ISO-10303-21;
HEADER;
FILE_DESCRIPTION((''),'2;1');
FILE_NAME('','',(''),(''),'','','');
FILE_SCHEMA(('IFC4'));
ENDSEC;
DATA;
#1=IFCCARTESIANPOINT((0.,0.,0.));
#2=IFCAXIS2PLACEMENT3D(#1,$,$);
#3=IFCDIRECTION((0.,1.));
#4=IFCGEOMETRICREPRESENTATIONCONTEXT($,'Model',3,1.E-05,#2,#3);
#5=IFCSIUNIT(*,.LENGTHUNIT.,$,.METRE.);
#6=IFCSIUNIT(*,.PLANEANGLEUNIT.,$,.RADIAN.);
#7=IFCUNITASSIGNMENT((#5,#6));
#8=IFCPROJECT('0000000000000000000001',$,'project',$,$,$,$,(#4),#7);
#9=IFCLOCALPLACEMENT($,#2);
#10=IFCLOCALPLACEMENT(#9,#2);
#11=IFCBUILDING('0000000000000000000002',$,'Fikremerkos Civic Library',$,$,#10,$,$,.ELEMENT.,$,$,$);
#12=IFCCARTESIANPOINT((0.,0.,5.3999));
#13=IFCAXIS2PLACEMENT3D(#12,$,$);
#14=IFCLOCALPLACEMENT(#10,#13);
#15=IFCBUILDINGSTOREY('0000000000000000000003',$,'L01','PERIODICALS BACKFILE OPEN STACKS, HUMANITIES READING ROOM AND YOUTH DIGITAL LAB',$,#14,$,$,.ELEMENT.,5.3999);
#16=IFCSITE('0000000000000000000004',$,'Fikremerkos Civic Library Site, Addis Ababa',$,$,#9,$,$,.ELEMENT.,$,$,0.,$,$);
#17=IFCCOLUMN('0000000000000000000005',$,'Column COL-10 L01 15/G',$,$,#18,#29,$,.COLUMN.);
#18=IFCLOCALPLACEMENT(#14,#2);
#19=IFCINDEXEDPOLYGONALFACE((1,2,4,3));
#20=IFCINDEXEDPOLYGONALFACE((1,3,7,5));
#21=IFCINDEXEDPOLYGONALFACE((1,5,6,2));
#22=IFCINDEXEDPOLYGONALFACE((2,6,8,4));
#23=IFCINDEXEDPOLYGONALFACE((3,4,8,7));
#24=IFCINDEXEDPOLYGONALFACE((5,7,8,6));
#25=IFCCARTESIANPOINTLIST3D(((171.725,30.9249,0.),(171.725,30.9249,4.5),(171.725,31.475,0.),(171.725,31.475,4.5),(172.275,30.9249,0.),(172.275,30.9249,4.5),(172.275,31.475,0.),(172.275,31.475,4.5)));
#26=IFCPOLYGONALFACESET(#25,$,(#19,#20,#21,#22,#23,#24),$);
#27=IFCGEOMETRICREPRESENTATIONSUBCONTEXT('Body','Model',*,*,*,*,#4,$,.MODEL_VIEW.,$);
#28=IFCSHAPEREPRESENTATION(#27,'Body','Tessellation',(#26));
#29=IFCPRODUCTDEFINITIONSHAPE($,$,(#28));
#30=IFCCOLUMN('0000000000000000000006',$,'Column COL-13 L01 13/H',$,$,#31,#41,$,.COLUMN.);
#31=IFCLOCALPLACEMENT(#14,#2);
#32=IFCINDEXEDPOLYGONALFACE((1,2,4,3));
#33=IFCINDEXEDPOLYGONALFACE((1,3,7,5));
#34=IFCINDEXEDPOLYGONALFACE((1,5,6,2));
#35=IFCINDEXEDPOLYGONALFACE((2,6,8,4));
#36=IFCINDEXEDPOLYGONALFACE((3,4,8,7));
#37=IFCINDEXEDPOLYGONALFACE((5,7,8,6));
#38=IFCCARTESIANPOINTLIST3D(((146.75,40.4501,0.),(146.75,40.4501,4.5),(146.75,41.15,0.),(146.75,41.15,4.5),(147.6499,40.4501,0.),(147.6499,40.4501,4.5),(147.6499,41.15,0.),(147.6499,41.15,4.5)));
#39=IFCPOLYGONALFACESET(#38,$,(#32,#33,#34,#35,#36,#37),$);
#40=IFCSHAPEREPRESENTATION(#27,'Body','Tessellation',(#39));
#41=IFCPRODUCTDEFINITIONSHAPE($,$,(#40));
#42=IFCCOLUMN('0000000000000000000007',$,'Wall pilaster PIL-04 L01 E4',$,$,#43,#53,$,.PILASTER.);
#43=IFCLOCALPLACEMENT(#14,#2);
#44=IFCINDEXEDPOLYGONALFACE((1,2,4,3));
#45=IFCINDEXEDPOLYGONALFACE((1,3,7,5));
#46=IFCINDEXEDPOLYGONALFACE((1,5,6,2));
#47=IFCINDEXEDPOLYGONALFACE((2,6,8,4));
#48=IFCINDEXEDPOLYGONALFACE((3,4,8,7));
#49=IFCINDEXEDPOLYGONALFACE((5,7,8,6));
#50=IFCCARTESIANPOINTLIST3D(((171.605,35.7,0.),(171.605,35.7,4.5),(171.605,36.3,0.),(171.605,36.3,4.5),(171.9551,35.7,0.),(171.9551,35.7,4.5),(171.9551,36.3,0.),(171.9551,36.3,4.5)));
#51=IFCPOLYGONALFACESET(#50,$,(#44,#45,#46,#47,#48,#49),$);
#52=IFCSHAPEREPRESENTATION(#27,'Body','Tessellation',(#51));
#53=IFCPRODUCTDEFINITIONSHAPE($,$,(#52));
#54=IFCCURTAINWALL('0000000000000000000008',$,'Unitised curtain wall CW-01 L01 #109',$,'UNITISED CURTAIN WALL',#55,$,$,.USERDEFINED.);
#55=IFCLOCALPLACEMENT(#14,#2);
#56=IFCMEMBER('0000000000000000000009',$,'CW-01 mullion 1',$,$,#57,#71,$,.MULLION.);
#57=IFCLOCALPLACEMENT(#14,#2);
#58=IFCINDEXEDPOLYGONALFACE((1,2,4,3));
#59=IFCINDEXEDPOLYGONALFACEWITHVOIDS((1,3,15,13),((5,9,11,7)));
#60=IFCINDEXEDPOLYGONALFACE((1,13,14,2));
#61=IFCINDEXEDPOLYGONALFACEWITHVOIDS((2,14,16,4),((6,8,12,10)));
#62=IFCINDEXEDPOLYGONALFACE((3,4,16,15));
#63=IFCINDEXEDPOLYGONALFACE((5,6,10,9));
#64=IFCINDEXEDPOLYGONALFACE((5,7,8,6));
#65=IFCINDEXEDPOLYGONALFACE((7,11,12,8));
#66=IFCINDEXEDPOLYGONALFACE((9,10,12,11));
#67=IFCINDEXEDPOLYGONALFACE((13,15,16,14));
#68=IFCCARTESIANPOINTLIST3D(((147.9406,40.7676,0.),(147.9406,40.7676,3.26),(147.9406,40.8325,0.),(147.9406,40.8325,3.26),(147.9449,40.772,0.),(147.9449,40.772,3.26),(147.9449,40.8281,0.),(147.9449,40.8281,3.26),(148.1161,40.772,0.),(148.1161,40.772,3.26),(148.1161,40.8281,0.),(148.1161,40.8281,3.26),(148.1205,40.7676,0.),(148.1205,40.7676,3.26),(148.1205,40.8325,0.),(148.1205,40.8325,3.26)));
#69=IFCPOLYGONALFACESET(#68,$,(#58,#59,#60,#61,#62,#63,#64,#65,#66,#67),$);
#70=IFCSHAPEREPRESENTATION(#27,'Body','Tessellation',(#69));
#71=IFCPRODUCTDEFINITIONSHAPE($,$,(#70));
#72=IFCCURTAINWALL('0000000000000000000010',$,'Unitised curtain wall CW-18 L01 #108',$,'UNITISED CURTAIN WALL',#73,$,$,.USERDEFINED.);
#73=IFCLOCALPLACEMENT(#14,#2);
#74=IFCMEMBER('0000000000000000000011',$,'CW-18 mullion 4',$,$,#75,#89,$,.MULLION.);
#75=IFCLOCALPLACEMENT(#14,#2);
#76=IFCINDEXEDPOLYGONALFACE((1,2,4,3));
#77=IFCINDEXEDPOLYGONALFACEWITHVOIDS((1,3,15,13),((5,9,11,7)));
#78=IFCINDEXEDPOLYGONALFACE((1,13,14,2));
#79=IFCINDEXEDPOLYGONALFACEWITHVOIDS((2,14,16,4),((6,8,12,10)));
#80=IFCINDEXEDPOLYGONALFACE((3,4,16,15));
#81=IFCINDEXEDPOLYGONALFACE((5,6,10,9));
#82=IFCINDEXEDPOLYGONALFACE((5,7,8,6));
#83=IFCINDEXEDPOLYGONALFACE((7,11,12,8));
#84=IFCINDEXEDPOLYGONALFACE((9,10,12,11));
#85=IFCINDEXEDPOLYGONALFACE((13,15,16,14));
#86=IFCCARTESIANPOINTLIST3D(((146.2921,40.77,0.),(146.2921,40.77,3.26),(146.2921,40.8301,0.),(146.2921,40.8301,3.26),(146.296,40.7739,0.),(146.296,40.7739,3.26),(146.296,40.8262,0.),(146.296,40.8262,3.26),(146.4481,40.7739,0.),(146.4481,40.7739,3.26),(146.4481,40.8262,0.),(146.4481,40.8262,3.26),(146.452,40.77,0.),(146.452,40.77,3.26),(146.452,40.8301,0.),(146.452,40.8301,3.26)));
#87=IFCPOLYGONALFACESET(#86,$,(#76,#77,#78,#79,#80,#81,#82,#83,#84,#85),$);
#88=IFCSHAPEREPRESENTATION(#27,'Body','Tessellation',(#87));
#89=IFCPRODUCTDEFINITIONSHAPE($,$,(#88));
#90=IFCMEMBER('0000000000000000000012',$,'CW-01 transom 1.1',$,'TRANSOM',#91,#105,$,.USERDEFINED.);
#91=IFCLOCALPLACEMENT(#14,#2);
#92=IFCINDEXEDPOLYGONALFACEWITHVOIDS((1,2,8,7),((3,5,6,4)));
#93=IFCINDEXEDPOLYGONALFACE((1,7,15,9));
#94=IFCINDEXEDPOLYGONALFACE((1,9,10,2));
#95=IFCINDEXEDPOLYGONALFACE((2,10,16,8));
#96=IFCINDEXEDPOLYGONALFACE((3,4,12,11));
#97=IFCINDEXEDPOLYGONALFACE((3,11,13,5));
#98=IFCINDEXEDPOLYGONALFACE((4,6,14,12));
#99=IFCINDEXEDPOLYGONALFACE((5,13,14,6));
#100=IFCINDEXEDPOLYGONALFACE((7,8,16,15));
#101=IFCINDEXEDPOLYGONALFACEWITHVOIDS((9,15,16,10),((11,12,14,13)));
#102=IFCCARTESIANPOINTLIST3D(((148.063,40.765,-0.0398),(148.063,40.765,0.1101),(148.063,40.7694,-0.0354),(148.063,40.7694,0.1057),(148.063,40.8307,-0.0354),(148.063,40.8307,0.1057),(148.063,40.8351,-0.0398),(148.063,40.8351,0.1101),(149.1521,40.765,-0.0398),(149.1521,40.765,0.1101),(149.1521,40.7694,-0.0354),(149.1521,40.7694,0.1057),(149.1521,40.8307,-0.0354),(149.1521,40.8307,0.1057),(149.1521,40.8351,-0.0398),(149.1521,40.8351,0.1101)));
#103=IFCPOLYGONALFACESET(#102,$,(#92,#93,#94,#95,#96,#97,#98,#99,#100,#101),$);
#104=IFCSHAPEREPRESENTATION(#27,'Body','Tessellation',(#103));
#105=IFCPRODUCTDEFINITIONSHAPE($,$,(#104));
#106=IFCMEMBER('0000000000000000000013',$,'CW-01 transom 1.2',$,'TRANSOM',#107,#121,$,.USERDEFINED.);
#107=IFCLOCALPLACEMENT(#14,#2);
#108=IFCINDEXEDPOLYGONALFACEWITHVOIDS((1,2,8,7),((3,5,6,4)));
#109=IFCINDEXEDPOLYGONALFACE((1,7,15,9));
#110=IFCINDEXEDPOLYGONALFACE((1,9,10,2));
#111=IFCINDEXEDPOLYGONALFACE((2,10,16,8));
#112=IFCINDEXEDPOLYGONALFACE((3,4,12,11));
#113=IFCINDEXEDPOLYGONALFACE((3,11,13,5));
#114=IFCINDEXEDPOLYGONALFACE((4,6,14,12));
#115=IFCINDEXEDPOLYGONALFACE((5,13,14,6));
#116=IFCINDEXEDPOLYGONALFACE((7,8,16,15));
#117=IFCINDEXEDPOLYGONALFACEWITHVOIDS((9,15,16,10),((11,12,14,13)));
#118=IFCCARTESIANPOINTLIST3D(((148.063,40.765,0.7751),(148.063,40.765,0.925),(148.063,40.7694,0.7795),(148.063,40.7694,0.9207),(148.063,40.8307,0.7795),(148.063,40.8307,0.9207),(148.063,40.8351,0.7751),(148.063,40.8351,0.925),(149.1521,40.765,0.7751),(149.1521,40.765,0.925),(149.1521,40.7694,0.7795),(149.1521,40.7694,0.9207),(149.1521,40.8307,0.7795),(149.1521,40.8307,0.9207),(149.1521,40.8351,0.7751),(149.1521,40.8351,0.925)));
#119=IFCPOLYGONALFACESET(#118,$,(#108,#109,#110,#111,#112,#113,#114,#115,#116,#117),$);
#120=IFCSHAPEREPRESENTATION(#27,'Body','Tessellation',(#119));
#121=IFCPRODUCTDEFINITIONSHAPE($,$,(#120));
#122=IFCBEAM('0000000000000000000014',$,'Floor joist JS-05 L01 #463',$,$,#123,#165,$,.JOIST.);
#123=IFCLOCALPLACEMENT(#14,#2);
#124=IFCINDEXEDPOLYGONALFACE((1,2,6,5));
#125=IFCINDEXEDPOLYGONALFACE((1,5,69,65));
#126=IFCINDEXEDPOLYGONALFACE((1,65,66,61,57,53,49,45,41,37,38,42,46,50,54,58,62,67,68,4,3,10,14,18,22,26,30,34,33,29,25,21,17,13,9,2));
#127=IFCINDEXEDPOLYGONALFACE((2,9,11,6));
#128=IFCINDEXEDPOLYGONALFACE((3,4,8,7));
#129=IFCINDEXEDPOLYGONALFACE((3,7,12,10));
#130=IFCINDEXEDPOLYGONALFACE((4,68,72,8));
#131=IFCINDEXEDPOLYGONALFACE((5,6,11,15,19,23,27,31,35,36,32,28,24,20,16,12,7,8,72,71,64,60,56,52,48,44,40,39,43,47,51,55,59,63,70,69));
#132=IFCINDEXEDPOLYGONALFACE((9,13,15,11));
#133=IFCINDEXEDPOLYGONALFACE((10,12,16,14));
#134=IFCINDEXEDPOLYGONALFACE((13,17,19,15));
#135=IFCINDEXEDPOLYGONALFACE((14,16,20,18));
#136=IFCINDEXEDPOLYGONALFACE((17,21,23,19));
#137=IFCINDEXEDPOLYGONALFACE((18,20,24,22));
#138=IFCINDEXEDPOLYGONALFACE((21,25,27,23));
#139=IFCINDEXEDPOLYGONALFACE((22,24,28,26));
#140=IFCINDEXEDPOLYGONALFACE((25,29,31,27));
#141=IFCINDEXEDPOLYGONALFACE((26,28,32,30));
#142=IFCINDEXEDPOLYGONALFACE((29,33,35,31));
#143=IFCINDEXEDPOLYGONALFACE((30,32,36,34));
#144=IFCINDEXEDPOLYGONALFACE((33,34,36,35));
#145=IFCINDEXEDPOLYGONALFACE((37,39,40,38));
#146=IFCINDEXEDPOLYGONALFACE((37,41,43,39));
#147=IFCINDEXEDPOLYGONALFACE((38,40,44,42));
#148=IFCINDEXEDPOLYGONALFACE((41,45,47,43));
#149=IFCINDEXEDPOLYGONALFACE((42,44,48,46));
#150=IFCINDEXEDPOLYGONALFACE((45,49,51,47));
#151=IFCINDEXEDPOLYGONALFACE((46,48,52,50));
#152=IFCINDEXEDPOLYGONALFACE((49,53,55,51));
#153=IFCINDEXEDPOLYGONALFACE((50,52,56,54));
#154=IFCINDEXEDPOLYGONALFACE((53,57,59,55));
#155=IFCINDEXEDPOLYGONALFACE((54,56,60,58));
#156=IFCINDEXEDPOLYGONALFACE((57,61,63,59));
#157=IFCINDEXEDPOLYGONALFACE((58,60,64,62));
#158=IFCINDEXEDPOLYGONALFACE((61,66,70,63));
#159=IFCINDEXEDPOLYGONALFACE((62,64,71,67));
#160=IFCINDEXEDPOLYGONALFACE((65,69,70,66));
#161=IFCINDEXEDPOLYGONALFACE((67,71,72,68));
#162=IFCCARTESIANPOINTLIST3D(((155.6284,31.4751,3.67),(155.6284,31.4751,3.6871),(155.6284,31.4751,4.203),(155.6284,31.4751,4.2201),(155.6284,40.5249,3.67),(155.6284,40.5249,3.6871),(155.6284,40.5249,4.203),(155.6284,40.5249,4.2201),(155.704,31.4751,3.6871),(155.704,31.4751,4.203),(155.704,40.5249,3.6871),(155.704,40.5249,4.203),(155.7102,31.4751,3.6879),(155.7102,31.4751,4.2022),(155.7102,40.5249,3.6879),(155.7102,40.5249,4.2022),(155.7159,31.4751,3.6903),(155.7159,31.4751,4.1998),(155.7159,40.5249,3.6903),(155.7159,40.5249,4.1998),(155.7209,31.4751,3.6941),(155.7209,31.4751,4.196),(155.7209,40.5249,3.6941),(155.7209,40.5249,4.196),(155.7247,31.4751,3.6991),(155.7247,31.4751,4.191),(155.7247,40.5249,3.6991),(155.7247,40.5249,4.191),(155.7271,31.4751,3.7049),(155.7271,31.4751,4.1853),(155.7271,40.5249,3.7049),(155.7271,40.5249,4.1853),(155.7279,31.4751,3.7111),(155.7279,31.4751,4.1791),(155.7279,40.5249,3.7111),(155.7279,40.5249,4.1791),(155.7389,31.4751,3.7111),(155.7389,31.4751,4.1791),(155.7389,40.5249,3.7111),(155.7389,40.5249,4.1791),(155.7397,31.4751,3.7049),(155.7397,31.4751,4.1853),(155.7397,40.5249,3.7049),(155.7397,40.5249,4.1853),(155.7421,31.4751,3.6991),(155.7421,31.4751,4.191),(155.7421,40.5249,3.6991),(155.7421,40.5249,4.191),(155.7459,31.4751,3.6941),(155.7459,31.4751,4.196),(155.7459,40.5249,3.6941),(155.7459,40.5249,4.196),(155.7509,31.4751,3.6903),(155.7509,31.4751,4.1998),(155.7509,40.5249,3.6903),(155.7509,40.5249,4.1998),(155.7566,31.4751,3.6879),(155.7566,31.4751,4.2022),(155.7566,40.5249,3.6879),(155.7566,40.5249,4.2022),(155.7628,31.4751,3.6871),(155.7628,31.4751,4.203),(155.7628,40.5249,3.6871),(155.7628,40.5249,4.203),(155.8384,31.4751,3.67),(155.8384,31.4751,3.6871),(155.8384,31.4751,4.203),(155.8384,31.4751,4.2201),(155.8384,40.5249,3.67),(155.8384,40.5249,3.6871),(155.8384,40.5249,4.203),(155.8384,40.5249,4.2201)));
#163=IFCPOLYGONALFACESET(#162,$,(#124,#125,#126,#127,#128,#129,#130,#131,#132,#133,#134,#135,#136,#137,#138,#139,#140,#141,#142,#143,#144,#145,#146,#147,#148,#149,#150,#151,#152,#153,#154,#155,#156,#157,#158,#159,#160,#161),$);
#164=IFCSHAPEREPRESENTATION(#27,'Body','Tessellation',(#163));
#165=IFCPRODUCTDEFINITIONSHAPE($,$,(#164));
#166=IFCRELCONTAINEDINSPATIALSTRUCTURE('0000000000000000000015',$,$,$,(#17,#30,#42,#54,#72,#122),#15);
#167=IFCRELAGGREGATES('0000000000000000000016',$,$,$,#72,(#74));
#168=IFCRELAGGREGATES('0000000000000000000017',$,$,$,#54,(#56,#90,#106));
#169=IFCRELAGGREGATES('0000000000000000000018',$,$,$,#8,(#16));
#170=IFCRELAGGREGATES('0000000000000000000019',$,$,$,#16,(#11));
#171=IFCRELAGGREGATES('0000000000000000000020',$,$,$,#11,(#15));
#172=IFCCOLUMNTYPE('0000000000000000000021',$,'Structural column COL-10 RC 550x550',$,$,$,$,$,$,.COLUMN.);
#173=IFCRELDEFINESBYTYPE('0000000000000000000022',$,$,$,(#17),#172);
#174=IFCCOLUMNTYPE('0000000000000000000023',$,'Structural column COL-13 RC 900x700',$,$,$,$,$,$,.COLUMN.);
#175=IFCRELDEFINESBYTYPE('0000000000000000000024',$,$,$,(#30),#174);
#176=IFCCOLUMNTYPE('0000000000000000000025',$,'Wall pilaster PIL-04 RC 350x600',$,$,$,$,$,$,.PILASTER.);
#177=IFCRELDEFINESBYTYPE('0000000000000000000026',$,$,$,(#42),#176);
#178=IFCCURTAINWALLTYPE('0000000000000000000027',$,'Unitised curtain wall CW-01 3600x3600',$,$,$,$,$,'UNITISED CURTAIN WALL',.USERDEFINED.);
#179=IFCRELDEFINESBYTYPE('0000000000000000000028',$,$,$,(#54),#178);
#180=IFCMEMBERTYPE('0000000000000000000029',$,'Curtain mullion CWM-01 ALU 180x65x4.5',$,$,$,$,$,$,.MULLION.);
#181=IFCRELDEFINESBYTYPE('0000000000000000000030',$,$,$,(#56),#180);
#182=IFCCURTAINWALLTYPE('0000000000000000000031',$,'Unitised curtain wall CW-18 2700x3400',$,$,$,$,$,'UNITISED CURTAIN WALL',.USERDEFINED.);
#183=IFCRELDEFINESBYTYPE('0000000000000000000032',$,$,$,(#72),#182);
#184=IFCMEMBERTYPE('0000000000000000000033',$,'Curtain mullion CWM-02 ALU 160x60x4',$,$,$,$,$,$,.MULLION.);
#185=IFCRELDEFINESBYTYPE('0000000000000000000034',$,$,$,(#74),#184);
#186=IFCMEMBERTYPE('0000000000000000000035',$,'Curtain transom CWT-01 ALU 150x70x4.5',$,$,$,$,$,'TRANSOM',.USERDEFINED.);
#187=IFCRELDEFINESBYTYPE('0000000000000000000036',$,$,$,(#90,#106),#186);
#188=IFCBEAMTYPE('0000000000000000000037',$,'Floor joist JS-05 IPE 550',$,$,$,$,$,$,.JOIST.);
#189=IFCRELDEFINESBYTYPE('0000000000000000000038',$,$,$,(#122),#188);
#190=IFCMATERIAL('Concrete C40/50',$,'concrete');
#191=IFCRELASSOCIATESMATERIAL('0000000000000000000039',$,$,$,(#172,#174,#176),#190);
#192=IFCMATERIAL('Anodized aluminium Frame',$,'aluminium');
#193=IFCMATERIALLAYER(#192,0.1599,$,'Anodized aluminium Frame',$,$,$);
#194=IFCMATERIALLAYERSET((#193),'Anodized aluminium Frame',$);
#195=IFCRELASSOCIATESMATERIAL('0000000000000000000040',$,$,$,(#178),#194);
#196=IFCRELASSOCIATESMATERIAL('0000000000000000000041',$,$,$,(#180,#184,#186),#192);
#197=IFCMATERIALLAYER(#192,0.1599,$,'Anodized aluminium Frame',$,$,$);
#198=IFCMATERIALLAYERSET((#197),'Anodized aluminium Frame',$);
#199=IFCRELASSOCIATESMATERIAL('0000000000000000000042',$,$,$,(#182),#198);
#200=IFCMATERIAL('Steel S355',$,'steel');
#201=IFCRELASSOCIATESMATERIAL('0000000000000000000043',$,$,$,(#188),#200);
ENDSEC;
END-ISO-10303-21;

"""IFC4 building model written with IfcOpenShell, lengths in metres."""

from ifc_helpers import new_model, si_unit, direction, frame, origin, origin_2d, place, context, subcontext, project, spatial, rectangle, hollow_rectangle, i_section, extrude, material, layer, layer_set, material_profile, profile_set, type_object, element, aggregate, save


model = new_model("IFC4")

# Units and contexts
model_context = context("Model", 3, precision=1e-05, world=origin(), true_north=direction((0.0, 1.0)))
body_context = subcontext(model_context, "Body", "Model", "MODEL_VIEW")
ifc_project = project(units=[si_unit("LENGTHUNIT", "METRE"), si_unit("PLANEANGLEUNIT", "RADIAN")], contexts=[model_context])

# Site, building, storey
site_placement = place(None, origin())
site = spatial("IfcSite", under=ifc_project, at=site_placement, Name="Fikremerkos Civic Library Site, Addis Ababa", CompositionType="ELEMENT", RefElevation=0.0)
building_placement = place(site_placement, origin())
building = spatial("IfcBuilding", under=site, at=building_placement, Name="Fikremerkos Civic Library", CompositionType="ELEMENT")
storey_placement = place(building_placement, frame((0.0, 0.0, 5.3999)))
storey = spatial("IfcBuildingStorey", under=building, at=storey_placement, Name="L01", Description="PERIODICALS BACKFILE OPEN STACKS, HUMANITIES READING ROOM AND YOUTH DIGITAL LAB", CompositionType="ELEMENT", Elevation=5.3999)

# Columns
ifc_material_1 = material(Name="Concrete C40/50", Category="concrete")
ifc_material_profile_1 = material_profile(ifc_material_1, rectangle(XDim=0.55, YDim=0.55, at=origin_2d()), Name="RC 550x550")
ifc_profile_set_1 = profile_set([ifc_material_profile_1], Name="Concrete C40/50")
column_type_1 = type_object("IfcColumnType", Name="Structural column COL-10 RC 550x550", PredefinedType="COLUMN", material=ifc_profile_set_1)
column_1_placement = place(storey_placement, frame((172.0, 31.2, 0.0), z_axis=(0.0, 0.0, 1.0), x_axis=(1.0, 0.0, 0.0)))
element("IfcColumn", 1, at=column_1_placement, inside=storey, type_object=column_type_1, Name="Column COL-10 L01 15/G", PredefinedType="COLUMN", context=body_context, shape_type="SweptSolid", body=[
    extrude(rectangle(XDim=0.55, YDim=0.55, at=origin_2d()), origin(), (0.0, 0.0, 1.0), 4.5),
])
ifc_material_profile_2 = material_profile(ifc_material_1, rectangle(XDim=0.8999, YDim=0.7, at=origin_2d()), Name="RC 900x700")
ifc_profile_set_2 = profile_set([ifc_material_profile_2], Name="Concrete C40/50")
column_type_2 = type_object("IfcColumnType", Name="Structural column COL-13 RC 900x700", PredefinedType="COLUMN", material=ifc_profile_set_2)
column_2_placement = place(storey_placement, frame((147.2, 40.8, 0.0), z_axis=(0.0, 0.0, 1.0), x_axis=(1.0, 0.0, 0.0)))
element("IfcColumn", 2, at=column_2_placement, inside=storey, type_object=column_type_2, Name="Column COL-13 L01 13/H", PredefinedType="COLUMN", context=body_context, shape_type="SweptSolid", body=[
    extrude(rectangle(XDim=0.8999, YDim=0.7, at=origin_2d()), origin(), (0.0, 0.0, 1.0), 4.5),
])
ifc_material_profile_3 = material_profile(ifc_material_1, rectangle(XDim=0.3501, YDim=0.6001, at=origin_2d()), Name="RC 350x600")
ifc_profile_set_3 = profile_set([ifc_material_profile_3], Name="Concrete C40/50")
column_type_3 = type_object("IfcColumnType", Name="Wall pilaster PIL-04 RC 350x600", PredefinedType="PILASTER", material=ifc_profile_set_3)
column_3_placement = place(storey_placement, frame((171.78, 36.0, 0.0), z_axis=(0.0, 0.0, 1.0), x_axis=(1.0, 0.0, 0.0)))
element("IfcColumn", 3, at=column_3_placement, inside=storey, type_object=column_type_3, Name="Wall pilaster PIL-04 L01 E4", PredefinedType="PILASTER", context=body_context, shape_type="SweptSolid", body=[
    extrude(rectangle(XDim=0.3501, YDim=0.6001, at=origin_2d()), origin(), (0.0, 0.0, 1.0), 4.5),
])

# Curtain walls, members
ifc_material_2 = material(Name="Anodized aluminium Frame", Category="aluminium")
ifc_layer_1 = layer(ifc_material_2, 0.1599, Name="Anodized aluminium Frame")
ifc_layer_set_1 = layer_set([ifc_layer_1], Name="Anodized aluminium Frame")
curtain_wall_type_1 = type_object("IfcCurtainWallType", Name="Unitised curtain wall CW-01 3600x3600", ElementType="UNITISED CURTAIN WALL", PredefinedType="USERDEFINED", material=ifc_layer_set_1)
curtain_wall_1_placement = place(storey_placement, origin())
curtain_wall_1 = element("IfcCurtainWall", 4, at=curtain_wall_1_placement, inside=storey, type_object=curtain_wall_type_1, Name="Unitised curtain wall CW-01 L01 #109", ObjectType="UNITISED CURTAIN WALL", PredefinedType="USERDEFINED")
ifc_material_profile_4 = material_profile(ifc_material_2, hollow_rectangle(XDim=0.0649, YDim=0.1799, WallThickness=0.0044, at=origin_2d()), Name="ALU 180x65x4.5")
ifc_profile_set_4 = profile_set([ifc_material_profile_4], Name="Anodized aluminium Frame")
member_type_1 = type_object("IfcMemberType", Name="Curtain mullion CWM-01 ALU 180x65x4.5", PredefinedType="MULLION", material=ifc_profile_set_4)
member_1_placement = place(storey_placement, frame((148.0305, 40.8, 0.0), z_axis=(0.0, 0.0, 1.0), x_axis=(0.0, 1.0, 0.0)))
member_1 = element("IfcMember", 5, at=member_1_placement, type_object=member_type_1, Name="CW-01 mullion 1", PredefinedType="MULLION", context=body_context, shape_type="SweptSolid", body=[
    extrude(hollow_rectangle(XDim=0.0649, YDim=0.1799, WallThickness=0.0044, at=origin_2d()), origin(), (0.0, 0.0, 1.0), 3.26),
])
ifc_layer_2 = layer(ifc_material_2, 0.1599, Name="Anodized aluminium Frame")
ifc_layer_set_2 = layer_set([ifc_layer_2], Name="Anodized aluminium Frame")
curtain_wall_type_2 = type_object("IfcCurtainWallType", Name="Unitised curtain wall CW-18 2700x3400", ElementType="UNITISED CURTAIN WALL", PredefinedType="USERDEFINED", material=ifc_layer_set_2)
curtain_wall_2_placement = place(storey_placement, origin())
curtain_wall_2 = element("IfcCurtainWall", 6, at=curtain_wall_2_placement, inside=storey, type_object=curtain_wall_type_2, Name="Unitised curtain wall CW-18 L01 #108", ObjectType="UNITISED CURTAIN WALL", PredefinedType="USERDEFINED")
ifc_material_profile_5 = material_profile(ifc_material_2, hollow_rectangle(XDim=0.0601, YDim=0.1599, WallThickness=0.0039, at=origin_2d()), Name="ALU 160x60x4")
ifc_profile_set_5 = profile_set([ifc_material_profile_5], Name="Anodized aluminium Frame")
member_type_2 = type_object("IfcMemberType", Name="Curtain mullion CWM-02 ALU 160x60x4", PredefinedType="MULLION", material=ifc_profile_set_5)
member_2_placement = place(storey_placement, frame((146.3721, 40.8, 0.0), z_axis=(0.0, 0.0, 1.0), x_axis=(0.0, 1.0, 0.0)))
member_2 = element("IfcMember", 7, at=member_2_placement, type_object=member_type_2, Name="CW-18 mullion 4", PredefinedType="MULLION", context=body_context, shape_type="SweptSolid", body=[
    extrude(hollow_rectangle(XDim=0.0601, YDim=0.1599, WallThickness=0.0039, at=origin_2d()), origin(), (0.0, 0.0, 1.0), 3.26),
])
aggregate(curtain_wall_2, [member_2])

# Members
ifc_material_profile_6 = material_profile(ifc_material_2, hollow_rectangle(XDim=0.0701, YDim=0.1499, WallThickness=0.0044, at=origin_2d()), Name="ALU 150x70x4.5")
ifc_profile_set_6 = profile_set([ifc_material_profile_6], Name="Anodized aluminium Frame")
member_type_3 = type_object("IfcMemberType", Name="Curtain transom CWT-01 ALU 150x70x4.5", ElementType="TRANSOM", PredefinedType="USERDEFINED", material=ifc_profile_set_6)
member_3_placement = place(storey_placement, frame((148.063, 40.8, 0.0352), z_axis=(1.0, 0.0, 0.0), x_axis=(0.0, 1.0, 0.0)))
member_3 = element("IfcMember", 8, at=member_3_placement, type_object=member_type_3, Name="CW-01 transom 1.1", ObjectType="TRANSOM", PredefinedType="USERDEFINED", context=body_context, shape_type="SweptSolid", body=[
    extrude(hollow_rectangle(XDim=0.0701, YDim=0.1499, WallThickness=0.0044, at=origin_2d()), origin(), (0.0, 0.0, 1.0), 1.0891),
])
member_4_placement = place(storey_placement, frame((148.063, 40.8, 0.8501), z_axis=(1.0, 0.0, 0.0), x_axis=(0.0, 1.0, 0.0)))
member_4 = element("IfcMember", 9, at=member_4_placement, type_object=member_type_3, Name="CW-01 transom 1.2", ObjectType="TRANSOM", PredefinedType="USERDEFINED", context=body_context, shape_type="SweptSolid", body=[
    extrude(hollow_rectangle(XDim=0.0701, YDim=0.1499, WallThickness=0.0044, at=origin_2d()), origin(), (0.0, 0.0, 1.0), 1.0891),
])
aggregate(curtain_wall_1, [member_1, member_3, member_4])

# Beam
ifc_material_3 = material(Name="Steel S355", Category="steel")
ifc_material_profile_7 = material_profile(ifc_material_3, i_section(OverallWidth=0.21, OverallDepth=0.55, WebThickness=0.011, FlangeThickness=0.0171, FilletRadius=0.0239, at=origin_2d()), Name="IPE 550")
ifc_profile_set_7 = profile_set([ifc_material_profile_7], Name="Steel S355")
beam_type_1 = type_object("IfcBeamType", Name="Floor joist JS-05 IPE 550", PredefinedType="JOIST", material=ifc_profile_set_7)
beam_1_placement = place(storey_placement, frame((155.7334, 31.4751, 3.9451), z_axis=(0.0, 1.0, 0.0), x_axis=(-1.0, 0.0, 0.0)))
element("IfcBeam", 10, at=beam_1_placement, inside=storey, type_object=beam_type_1, Name="Floor joist JS-05 L01 #463", PredefinedType="JOIST", context=body_context, shape_type="SweptSolid", body=[
    extrude(i_section(OverallWidth=0.21, OverallDepth=0.55, WebThickness=0.011, FlangeThickness=0.0171, FilletRadius=0.0239, at=origin_2d()), origin(), (0.0, 0.0, 1.0), 9.0498),
])

save(model, "model.ifc")
